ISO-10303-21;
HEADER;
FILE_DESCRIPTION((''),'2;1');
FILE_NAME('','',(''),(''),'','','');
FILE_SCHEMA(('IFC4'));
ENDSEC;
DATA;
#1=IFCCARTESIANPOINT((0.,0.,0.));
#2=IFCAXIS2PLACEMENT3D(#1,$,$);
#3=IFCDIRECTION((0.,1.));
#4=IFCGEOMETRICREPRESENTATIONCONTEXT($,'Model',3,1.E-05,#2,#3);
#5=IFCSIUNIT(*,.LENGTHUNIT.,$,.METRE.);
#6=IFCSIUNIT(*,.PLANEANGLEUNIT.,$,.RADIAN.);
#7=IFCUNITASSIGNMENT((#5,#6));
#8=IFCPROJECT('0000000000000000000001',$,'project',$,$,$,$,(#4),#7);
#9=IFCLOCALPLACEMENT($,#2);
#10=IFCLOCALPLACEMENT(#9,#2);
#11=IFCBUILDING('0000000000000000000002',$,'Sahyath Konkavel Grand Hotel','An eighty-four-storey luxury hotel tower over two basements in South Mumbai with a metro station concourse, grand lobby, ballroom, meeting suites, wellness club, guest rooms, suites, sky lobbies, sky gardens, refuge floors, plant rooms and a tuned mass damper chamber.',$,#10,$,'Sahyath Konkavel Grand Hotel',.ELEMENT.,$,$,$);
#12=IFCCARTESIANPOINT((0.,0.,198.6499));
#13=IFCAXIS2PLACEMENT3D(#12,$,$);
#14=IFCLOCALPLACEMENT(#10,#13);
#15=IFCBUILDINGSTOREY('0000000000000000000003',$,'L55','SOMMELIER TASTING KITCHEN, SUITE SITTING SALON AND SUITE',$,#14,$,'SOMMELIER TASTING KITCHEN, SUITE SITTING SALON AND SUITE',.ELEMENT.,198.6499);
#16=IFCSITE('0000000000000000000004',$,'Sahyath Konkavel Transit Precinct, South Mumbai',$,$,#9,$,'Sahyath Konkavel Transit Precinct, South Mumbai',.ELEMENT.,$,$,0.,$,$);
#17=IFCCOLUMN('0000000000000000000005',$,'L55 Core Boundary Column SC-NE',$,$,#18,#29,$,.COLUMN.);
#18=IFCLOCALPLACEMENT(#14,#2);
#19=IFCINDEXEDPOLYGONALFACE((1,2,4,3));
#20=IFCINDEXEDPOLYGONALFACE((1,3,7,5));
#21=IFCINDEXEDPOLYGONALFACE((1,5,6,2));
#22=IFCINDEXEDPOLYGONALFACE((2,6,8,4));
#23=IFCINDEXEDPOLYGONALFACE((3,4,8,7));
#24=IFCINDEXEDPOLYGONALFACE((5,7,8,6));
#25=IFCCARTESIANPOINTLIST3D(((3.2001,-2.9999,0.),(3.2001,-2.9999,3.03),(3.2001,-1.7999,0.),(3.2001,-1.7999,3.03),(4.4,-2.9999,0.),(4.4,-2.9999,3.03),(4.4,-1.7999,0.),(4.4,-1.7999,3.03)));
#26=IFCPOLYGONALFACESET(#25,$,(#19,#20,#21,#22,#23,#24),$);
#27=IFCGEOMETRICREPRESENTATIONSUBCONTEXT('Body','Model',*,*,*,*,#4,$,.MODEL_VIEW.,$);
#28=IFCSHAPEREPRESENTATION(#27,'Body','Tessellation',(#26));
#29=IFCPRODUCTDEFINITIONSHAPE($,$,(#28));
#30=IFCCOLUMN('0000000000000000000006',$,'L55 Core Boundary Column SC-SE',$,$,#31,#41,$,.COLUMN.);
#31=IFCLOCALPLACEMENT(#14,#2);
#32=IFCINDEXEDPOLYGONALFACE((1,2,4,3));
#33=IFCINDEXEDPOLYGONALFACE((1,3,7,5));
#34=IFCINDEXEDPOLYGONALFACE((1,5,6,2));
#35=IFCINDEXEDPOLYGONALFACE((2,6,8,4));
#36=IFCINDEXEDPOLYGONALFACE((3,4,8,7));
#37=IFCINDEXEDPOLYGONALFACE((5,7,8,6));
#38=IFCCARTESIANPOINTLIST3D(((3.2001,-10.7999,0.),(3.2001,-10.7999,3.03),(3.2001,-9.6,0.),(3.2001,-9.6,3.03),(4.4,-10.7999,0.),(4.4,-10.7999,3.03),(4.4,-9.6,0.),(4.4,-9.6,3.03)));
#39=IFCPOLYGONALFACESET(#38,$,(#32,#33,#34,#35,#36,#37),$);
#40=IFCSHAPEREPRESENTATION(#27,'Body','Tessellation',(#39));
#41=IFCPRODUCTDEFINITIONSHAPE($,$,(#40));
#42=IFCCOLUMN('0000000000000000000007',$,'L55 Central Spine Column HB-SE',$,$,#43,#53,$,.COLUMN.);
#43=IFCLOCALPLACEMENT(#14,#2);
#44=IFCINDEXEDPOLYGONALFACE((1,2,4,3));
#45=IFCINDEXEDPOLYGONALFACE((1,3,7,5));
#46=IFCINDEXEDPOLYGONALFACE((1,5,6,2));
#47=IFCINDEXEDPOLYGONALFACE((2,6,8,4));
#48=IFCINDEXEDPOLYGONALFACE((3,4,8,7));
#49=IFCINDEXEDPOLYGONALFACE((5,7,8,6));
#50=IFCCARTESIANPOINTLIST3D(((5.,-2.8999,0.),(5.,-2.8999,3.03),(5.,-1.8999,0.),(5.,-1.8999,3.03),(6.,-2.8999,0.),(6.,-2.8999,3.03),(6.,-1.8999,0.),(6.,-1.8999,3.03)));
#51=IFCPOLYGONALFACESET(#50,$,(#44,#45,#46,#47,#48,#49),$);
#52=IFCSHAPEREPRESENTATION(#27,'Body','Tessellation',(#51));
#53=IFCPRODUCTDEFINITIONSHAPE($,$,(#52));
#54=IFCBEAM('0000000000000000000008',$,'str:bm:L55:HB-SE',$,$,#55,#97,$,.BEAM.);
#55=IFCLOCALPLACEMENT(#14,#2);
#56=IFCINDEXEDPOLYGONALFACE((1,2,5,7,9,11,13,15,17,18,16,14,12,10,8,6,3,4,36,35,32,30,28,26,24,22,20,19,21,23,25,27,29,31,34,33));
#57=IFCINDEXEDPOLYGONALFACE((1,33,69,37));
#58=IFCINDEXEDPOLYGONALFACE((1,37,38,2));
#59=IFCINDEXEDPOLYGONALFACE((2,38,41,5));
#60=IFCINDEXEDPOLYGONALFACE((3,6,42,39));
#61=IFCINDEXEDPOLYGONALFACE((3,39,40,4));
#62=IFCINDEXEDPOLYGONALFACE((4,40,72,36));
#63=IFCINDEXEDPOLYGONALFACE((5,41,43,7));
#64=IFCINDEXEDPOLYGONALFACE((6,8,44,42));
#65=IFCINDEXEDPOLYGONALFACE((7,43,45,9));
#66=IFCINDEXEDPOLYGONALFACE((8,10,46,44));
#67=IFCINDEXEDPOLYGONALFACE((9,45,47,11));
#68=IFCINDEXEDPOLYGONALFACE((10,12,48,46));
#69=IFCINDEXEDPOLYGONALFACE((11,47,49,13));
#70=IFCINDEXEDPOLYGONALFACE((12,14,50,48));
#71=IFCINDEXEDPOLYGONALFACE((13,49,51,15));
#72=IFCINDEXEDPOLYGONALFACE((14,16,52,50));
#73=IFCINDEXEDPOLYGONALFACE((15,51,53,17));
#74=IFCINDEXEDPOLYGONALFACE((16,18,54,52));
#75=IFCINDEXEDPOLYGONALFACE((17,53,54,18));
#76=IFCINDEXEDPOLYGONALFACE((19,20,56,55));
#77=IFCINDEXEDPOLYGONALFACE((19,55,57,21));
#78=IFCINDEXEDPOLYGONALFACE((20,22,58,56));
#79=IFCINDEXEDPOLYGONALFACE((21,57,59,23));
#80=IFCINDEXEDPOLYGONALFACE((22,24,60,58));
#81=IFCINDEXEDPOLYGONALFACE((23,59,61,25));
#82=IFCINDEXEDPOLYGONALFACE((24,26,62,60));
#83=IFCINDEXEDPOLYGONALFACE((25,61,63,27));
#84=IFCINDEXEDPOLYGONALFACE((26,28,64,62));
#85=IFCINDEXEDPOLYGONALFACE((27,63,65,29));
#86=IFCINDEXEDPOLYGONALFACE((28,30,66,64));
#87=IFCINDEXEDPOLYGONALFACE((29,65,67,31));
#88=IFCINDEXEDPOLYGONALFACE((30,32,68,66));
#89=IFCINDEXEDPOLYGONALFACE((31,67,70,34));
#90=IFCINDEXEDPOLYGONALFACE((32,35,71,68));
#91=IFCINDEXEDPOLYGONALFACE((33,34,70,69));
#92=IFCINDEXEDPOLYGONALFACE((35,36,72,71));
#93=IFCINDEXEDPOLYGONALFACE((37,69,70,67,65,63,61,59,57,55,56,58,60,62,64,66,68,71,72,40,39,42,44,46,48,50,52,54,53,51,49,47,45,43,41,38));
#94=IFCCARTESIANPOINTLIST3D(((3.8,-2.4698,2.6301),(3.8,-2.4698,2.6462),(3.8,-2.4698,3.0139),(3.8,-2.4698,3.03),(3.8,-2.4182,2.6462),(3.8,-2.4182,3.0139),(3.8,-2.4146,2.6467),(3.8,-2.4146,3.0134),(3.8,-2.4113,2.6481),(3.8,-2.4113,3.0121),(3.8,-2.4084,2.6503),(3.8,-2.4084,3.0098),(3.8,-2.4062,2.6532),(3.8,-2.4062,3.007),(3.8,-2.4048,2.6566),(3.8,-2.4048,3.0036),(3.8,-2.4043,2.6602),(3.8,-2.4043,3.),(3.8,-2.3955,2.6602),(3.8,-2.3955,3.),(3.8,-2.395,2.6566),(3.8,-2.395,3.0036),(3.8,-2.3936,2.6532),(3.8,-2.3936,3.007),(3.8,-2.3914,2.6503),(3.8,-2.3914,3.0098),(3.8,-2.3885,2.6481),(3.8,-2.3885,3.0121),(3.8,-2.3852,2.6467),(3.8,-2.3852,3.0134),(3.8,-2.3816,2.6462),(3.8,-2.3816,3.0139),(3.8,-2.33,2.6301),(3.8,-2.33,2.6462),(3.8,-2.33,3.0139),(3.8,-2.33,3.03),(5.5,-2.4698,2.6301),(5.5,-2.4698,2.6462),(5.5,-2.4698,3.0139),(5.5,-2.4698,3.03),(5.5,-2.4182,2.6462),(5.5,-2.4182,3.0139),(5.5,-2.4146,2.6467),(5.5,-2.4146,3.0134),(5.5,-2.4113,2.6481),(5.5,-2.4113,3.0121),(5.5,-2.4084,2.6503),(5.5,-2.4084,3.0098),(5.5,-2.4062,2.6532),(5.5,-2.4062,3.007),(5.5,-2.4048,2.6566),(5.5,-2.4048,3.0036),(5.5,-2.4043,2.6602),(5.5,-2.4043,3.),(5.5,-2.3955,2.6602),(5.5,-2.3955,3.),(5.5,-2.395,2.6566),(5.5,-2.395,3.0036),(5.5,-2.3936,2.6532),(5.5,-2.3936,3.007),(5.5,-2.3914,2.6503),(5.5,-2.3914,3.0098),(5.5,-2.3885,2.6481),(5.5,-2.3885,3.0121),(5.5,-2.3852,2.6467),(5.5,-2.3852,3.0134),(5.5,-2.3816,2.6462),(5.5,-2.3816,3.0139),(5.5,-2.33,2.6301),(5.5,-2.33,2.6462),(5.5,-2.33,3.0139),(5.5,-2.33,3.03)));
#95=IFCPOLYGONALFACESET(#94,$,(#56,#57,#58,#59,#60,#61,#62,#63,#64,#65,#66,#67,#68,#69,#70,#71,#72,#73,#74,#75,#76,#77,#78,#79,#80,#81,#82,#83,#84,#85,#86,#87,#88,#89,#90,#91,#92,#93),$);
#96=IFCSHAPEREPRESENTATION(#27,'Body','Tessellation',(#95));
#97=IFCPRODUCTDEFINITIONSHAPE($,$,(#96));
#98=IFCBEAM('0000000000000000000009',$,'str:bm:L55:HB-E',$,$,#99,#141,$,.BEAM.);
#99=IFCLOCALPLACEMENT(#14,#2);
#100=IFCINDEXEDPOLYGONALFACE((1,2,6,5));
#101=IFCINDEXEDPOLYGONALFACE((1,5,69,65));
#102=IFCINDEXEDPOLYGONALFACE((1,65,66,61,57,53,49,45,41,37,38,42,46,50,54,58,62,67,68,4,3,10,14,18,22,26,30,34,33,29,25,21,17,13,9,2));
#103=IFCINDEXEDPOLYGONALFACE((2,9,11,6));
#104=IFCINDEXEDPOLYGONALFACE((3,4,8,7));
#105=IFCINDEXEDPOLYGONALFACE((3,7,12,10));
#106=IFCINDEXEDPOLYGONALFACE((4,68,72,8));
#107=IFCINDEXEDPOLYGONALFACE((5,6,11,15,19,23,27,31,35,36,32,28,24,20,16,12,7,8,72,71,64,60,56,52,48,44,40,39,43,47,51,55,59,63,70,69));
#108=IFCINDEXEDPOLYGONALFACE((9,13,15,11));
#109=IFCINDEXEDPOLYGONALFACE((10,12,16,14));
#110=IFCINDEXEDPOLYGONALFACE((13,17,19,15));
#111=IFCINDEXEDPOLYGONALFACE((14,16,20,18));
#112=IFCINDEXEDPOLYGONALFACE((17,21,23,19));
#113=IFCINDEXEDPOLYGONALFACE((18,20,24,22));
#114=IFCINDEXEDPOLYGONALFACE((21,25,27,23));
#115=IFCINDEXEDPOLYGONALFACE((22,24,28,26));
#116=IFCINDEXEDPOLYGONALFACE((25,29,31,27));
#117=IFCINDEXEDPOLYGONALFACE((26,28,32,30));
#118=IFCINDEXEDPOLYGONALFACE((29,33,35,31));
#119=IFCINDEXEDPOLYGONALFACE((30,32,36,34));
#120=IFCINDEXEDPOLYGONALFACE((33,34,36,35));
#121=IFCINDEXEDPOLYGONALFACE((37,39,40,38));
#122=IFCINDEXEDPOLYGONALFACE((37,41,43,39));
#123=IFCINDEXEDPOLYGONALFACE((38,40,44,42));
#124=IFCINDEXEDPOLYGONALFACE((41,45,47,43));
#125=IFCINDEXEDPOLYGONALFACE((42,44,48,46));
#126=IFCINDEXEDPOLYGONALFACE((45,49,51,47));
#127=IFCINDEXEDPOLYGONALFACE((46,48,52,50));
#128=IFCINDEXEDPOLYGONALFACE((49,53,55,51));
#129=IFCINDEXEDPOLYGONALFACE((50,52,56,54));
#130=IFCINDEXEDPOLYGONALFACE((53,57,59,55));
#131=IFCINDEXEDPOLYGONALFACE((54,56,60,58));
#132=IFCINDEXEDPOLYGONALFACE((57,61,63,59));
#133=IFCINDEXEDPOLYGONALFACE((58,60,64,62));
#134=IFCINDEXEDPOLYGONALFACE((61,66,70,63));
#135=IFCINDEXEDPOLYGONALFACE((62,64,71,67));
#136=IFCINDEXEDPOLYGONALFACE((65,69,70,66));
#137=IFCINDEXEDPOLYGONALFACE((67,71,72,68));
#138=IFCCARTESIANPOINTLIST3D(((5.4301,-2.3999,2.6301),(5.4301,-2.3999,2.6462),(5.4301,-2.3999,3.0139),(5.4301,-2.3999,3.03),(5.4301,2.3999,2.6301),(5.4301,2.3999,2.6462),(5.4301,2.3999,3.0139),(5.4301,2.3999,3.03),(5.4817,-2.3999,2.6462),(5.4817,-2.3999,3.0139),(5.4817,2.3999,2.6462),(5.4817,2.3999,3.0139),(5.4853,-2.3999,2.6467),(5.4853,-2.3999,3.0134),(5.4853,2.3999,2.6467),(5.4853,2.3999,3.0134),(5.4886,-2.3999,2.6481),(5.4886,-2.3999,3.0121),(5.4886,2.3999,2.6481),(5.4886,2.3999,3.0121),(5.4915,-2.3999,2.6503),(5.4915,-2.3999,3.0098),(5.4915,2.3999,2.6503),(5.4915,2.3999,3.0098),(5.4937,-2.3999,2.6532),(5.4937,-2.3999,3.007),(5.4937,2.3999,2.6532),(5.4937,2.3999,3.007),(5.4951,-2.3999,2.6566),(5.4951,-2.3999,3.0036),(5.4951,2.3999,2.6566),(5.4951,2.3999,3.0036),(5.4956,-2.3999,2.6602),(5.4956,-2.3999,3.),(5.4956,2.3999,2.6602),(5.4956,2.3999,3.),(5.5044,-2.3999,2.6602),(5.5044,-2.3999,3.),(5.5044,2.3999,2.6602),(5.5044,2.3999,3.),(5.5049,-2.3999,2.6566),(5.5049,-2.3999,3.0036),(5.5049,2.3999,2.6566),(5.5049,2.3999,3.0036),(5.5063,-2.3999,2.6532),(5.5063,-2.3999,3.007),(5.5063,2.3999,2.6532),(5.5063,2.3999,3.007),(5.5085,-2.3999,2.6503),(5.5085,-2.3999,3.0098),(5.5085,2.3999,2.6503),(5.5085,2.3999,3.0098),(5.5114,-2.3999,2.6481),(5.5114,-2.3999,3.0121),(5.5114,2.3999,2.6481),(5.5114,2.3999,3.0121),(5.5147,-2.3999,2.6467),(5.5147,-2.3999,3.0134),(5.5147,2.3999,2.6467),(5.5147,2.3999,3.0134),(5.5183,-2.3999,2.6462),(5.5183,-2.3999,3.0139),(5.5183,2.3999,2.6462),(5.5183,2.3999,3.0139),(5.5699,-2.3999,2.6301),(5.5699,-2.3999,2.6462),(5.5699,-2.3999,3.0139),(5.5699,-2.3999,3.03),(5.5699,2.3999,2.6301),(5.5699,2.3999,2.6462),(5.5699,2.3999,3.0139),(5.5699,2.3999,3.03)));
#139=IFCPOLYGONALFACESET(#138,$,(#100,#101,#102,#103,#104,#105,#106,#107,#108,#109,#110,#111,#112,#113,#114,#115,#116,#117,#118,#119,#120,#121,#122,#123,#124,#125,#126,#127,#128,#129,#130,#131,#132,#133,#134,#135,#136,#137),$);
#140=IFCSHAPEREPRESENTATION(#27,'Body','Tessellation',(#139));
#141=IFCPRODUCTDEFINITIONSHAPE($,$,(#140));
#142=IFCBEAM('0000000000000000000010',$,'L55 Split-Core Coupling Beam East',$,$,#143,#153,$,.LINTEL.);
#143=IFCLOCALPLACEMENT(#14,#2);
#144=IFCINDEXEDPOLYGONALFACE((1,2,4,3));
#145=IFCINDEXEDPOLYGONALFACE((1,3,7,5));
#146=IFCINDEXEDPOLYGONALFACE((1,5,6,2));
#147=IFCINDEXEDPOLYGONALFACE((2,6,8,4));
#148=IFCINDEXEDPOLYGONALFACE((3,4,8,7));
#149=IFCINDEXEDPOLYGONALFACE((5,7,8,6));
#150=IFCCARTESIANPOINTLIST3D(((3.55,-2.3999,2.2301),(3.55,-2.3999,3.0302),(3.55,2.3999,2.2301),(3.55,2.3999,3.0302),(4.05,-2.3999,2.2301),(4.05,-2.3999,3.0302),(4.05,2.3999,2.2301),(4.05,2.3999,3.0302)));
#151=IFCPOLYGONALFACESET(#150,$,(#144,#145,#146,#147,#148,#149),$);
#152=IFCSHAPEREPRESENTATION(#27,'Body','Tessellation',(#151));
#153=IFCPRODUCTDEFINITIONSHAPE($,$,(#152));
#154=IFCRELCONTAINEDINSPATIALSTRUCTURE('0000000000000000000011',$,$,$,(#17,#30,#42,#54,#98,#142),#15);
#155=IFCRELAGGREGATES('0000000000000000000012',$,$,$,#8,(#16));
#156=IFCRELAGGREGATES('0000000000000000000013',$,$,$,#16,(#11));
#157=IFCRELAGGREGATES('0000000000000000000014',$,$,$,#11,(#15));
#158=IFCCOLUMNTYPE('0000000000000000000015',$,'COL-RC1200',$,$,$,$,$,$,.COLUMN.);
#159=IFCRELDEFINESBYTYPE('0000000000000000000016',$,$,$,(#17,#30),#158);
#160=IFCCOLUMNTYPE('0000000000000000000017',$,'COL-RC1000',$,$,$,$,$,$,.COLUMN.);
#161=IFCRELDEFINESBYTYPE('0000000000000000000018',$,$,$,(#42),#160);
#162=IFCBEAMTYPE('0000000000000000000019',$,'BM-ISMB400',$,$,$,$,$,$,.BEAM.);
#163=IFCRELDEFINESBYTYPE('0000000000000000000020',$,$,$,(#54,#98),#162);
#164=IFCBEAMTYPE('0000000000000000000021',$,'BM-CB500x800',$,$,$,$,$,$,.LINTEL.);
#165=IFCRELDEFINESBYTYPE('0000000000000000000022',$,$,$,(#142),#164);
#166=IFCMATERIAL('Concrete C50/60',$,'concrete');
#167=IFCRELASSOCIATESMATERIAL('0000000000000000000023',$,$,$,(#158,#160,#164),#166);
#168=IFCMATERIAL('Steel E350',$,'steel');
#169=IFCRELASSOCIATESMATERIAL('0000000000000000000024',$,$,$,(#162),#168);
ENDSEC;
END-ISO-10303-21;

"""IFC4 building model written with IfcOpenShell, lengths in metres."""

from ifc_helpers import new_model, si_unit, direction, frame, origin, origin_2d, place, context, subcontext, project, spatial, rectangle, i_section, extrude, source, transform, mapped, material, material_profile, profile_set, type_object, element, save


model = new_model("IFC4")

# Units and contexts
model_context = context("Model", 3, precision=1e-05, world=origin(), true_north=direction((0.0, 1.0)))
body_context = subcontext(model_context, "Body", "Model", "MODEL_VIEW")
ifc_project = project(units=[si_unit("LENGTHUNIT", "METRE"), si_unit("PLANEANGLEUNIT", "RADIAN")], contexts=[model_context])

# Site, building, storey
site_placement = place(None, origin())
site = spatial("IfcSite", under=ifc_project, at=site_placement, Name="Sahyath Konkavel Transit Precinct, South Mumbai", LongName="Sahyath Konkavel Transit Precinct, South Mumbai", CompositionType="ELEMENT", RefElevation=0.0)
building_placement = place(site_placement, origin())
building = spatial("IfcBuilding", under=site, at=building_placement, Name="Sahyath Konkavel Grand Hotel", Description="An eighty-four-storey luxury hotel tower over two basements in South Mumbai with a metro station concourse, grand lobby, ballroom, meeting suites, wellness club, guest rooms, suites, sky lobbies, sky gardens, refuge floors, plant rooms and a tuned mass damper chamber.", LongName="Sahyath Konkavel Grand Hotel", CompositionType="ELEMENT")
storey_placement = place(building_placement, frame((0.0, 0.0, 198.6499)))
storey = spatial("IfcBuildingStorey", under=building, at=storey_placement, Name="L55", Description="SOMMELIER TASTING KITCHEN, SUITE SITTING SALON AND SUITE", LongName="SOMMELIER TASTING KITCHEN, SUITE SITTING SALON AND SUITE", CompositionType="ELEMENT", Elevation=198.6499)

# Columns
ifc_material_1 = material(Name="Concrete C50/60", Category="concrete")
ifc_material_profile_1 = material_profile(ifc_material_1, rectangle(XDim=1.2, YDim=1.2, at=origin_2d()), Name="RC 1200x1200")
ifc_profile_set_1 = profile_set([ifc_material_profile_1], Name="Concrete C50/60")
column_type_1 = type_object("IfcColumnType", Name="COL-RC1200", PredefinedType="COLUMN", material=ifc_profile_set_1)
shared_shape_1 = source(origin(), body_context, "Body", "SweptSolid", [
    extrude(rectangle(XDim=1.2, YDim=1.2, at=origin_2d()), origin(), (0.0, 0.0, 1.0), 3.03),
])
for number, where, z_axis, x_axis, name in (
    (1, (3.8, -2.3999, 0.0), (0.0, 0.0, 1.0), (1.0, 0.0, 0.0), "L55 Core Boundary Column SC-NE"),
    (2, (3.8, -10.2, 0.0), (0.0, 0.0, 1.0), (1.0, 0.0, 0.0), "L55 Core Boundary Column SC-SE"),
):
    element("IfcColumn", number, at=place(storey_placement, frame(where, z_axis=z_axis, x_axis=x_axis)), inside=storey, type_object=column_type_1, Name=name, PredefinedType="COLUMN", context=body_context, shape_type="MappedRepresentation", body=[
        mapped(shared_shape_1, transform((0.0, 0.0, 0.0), scale=1.0)),
    ])
ifc_material_profile_2 = material_profile(ifc_material_1, rectangle(XDim=1.0, YDim=1.0, at=origin_2d()), Name="RC 1000x1000")
ifc_profile_set_2 = profile_set([ifc_material_profile_2], Name="Concrete C50/60")
column_type_2 = type_object("IfcColumnType", Name="COL-RC1000", PredefinedType="COLUMN", material=ifc_profile_set_2)
shared_shape_2 = source(origin(), body_context, "Body", "SweptSolid", [
    extrude(rectangle(XDim=1.0, YDim=1.0, at=origin_2d()), origin(), (0.0, 0.0, 1.0), 3.03),
])
column_placement = place(storey_placement, frame((5.5, -2.3999, 0.0), z_axis=(0.0, 0.0, 1.0), x_axis=(1.0, 0.0, 0.0)))
element("IfcColumn", 3, at=column_placement, inside=storey, type_object=column_type_2, Name="L55 Central Spine Column HB-SE", PredefinedType="COLUMN", context=body_context, shape_type="MappedRepresentation", body=[
    mapped(shared_shape_2, transform((0.0, 0.0, 0.0), scale=1.0)),
])

# Beams
ifc_material_2 = material(Name="Steel E350", Category="steel")
ifc_material_profile_3 = material_profile(ifc_material_2, i_section(OverallWidth=0.1399, OverallDepth=0.3999, WebThickness=0.0088, FlangeThickness=0.0161, FilletRadius=0.0139, at=origin_2d()), Name="ISMB 400")
ifc_profile_set_3 = profile_set([ifc_material_profile_3], Name="Steel E350")
beam_type_1 = type_object("IfcBeamType", Name="BM-ISMB400", PredefinedType="BEAM", material=ifc_profile_set_3)
shared_shape_3 = source(origin(), body_context, "Body", "SweptSolid", [
    extrude(i_section(OverallWidth=0.1399, OverallDepth=0.3999, WebThickness=0.0088, FlangeThickness=0.0161, FilletRadius=0.0139, at=origin_2d()), origin(), (0.0, 0.0, 1.0), 1.7),
])
beam_1_placement = place(storey_placement, frame((3.8, -2.3999, 2.8301), z_axis=(1.0, 0.0, 0.0), x_axis=(0.0, 1.0, 0.0)))
element("IfcBeam", 4, at=beam_1_placement, inside=storey, type_object=beam_type_1, Name="str:bm:L55:HB-SE", PredefinedType="BEAM", context=body_context, shape_type="MappedRepresentation", body=[
    mapped(shared_shape_3, transform((0.0, 0.0, 0.0), scale=1.0)),
])
shared_shape_4 = source(origin(), body_context, "Body", "SweptSolid", [
    extrude(i_section(OverallWidth=0.1399, OverallDepth=0.3999, WebThickness=0.0088, FlangeThickness=0.0161, FilletRadius=0.0139, at=origin_2d()), origin(), (0.0, 0.0, 1.0), 4.7998),
])
beam_2_placement = place(storey_placement, frame((5.5, -2.3999, 2.8301), z_axis=(0.0, 1.0, 0.0), x_axis=(-1.0, 0.0, 0.0)))
element("IfcBeam", 5, at=beam_2_placement, inside=storey, type_object=beam_type_1, Name="str:bm:L55:HB-E", PredefinedType="BEAM", context=body_context, shape_type="MappedRepresentation", body=[
    mapped(shared_shape_4, transform((0.0, 0.0, 0.0), scale=1.0)),
])
ifc_material_profile_4 = material_profile(ifc_material_1, rectangle(XDim=0.5, YDim=0.8, at=origin_2d()), Name="RC 500x800")
ifc_profile_set_4 = profile_set([ifc_material_profile_4], Name="Concrete C50/60")
beam_type_2 = type_object("IfcBeamType", Name="BM-CB500x800", PredefinedType="LINTEL", material=ifc_profile_set_4)
shared_shape_5 = source(origin(), body_context, "Body", "SweptSolid", [
    extrude(rectangle(XDim=0.5, YDim=0.8, at=origin_2d()), origin(), (0.0, 0.0, 1.0), 4.7998),
])
beam_3_placement = place(storey_placement, frame((3.8, -2.3999, 2.6301), z_axis=(0.0, 1.0, 0.0), x_axis=(-1.0, 0.0, 0.0)))
element("IfcBeam", 6, at=beam_3_placement, inside=storey, type_object=beam_type_2, Name="L55 Split-Core Coupling Beam East", PredefinedType="LINTEL", context=body_context, shape_type="MappedRepresentation", body=[
    mapped(shared_shape_5, transform((0.0, 0.0, 0.0), scale=1.0)),
])

save(model, "model.ifc")
